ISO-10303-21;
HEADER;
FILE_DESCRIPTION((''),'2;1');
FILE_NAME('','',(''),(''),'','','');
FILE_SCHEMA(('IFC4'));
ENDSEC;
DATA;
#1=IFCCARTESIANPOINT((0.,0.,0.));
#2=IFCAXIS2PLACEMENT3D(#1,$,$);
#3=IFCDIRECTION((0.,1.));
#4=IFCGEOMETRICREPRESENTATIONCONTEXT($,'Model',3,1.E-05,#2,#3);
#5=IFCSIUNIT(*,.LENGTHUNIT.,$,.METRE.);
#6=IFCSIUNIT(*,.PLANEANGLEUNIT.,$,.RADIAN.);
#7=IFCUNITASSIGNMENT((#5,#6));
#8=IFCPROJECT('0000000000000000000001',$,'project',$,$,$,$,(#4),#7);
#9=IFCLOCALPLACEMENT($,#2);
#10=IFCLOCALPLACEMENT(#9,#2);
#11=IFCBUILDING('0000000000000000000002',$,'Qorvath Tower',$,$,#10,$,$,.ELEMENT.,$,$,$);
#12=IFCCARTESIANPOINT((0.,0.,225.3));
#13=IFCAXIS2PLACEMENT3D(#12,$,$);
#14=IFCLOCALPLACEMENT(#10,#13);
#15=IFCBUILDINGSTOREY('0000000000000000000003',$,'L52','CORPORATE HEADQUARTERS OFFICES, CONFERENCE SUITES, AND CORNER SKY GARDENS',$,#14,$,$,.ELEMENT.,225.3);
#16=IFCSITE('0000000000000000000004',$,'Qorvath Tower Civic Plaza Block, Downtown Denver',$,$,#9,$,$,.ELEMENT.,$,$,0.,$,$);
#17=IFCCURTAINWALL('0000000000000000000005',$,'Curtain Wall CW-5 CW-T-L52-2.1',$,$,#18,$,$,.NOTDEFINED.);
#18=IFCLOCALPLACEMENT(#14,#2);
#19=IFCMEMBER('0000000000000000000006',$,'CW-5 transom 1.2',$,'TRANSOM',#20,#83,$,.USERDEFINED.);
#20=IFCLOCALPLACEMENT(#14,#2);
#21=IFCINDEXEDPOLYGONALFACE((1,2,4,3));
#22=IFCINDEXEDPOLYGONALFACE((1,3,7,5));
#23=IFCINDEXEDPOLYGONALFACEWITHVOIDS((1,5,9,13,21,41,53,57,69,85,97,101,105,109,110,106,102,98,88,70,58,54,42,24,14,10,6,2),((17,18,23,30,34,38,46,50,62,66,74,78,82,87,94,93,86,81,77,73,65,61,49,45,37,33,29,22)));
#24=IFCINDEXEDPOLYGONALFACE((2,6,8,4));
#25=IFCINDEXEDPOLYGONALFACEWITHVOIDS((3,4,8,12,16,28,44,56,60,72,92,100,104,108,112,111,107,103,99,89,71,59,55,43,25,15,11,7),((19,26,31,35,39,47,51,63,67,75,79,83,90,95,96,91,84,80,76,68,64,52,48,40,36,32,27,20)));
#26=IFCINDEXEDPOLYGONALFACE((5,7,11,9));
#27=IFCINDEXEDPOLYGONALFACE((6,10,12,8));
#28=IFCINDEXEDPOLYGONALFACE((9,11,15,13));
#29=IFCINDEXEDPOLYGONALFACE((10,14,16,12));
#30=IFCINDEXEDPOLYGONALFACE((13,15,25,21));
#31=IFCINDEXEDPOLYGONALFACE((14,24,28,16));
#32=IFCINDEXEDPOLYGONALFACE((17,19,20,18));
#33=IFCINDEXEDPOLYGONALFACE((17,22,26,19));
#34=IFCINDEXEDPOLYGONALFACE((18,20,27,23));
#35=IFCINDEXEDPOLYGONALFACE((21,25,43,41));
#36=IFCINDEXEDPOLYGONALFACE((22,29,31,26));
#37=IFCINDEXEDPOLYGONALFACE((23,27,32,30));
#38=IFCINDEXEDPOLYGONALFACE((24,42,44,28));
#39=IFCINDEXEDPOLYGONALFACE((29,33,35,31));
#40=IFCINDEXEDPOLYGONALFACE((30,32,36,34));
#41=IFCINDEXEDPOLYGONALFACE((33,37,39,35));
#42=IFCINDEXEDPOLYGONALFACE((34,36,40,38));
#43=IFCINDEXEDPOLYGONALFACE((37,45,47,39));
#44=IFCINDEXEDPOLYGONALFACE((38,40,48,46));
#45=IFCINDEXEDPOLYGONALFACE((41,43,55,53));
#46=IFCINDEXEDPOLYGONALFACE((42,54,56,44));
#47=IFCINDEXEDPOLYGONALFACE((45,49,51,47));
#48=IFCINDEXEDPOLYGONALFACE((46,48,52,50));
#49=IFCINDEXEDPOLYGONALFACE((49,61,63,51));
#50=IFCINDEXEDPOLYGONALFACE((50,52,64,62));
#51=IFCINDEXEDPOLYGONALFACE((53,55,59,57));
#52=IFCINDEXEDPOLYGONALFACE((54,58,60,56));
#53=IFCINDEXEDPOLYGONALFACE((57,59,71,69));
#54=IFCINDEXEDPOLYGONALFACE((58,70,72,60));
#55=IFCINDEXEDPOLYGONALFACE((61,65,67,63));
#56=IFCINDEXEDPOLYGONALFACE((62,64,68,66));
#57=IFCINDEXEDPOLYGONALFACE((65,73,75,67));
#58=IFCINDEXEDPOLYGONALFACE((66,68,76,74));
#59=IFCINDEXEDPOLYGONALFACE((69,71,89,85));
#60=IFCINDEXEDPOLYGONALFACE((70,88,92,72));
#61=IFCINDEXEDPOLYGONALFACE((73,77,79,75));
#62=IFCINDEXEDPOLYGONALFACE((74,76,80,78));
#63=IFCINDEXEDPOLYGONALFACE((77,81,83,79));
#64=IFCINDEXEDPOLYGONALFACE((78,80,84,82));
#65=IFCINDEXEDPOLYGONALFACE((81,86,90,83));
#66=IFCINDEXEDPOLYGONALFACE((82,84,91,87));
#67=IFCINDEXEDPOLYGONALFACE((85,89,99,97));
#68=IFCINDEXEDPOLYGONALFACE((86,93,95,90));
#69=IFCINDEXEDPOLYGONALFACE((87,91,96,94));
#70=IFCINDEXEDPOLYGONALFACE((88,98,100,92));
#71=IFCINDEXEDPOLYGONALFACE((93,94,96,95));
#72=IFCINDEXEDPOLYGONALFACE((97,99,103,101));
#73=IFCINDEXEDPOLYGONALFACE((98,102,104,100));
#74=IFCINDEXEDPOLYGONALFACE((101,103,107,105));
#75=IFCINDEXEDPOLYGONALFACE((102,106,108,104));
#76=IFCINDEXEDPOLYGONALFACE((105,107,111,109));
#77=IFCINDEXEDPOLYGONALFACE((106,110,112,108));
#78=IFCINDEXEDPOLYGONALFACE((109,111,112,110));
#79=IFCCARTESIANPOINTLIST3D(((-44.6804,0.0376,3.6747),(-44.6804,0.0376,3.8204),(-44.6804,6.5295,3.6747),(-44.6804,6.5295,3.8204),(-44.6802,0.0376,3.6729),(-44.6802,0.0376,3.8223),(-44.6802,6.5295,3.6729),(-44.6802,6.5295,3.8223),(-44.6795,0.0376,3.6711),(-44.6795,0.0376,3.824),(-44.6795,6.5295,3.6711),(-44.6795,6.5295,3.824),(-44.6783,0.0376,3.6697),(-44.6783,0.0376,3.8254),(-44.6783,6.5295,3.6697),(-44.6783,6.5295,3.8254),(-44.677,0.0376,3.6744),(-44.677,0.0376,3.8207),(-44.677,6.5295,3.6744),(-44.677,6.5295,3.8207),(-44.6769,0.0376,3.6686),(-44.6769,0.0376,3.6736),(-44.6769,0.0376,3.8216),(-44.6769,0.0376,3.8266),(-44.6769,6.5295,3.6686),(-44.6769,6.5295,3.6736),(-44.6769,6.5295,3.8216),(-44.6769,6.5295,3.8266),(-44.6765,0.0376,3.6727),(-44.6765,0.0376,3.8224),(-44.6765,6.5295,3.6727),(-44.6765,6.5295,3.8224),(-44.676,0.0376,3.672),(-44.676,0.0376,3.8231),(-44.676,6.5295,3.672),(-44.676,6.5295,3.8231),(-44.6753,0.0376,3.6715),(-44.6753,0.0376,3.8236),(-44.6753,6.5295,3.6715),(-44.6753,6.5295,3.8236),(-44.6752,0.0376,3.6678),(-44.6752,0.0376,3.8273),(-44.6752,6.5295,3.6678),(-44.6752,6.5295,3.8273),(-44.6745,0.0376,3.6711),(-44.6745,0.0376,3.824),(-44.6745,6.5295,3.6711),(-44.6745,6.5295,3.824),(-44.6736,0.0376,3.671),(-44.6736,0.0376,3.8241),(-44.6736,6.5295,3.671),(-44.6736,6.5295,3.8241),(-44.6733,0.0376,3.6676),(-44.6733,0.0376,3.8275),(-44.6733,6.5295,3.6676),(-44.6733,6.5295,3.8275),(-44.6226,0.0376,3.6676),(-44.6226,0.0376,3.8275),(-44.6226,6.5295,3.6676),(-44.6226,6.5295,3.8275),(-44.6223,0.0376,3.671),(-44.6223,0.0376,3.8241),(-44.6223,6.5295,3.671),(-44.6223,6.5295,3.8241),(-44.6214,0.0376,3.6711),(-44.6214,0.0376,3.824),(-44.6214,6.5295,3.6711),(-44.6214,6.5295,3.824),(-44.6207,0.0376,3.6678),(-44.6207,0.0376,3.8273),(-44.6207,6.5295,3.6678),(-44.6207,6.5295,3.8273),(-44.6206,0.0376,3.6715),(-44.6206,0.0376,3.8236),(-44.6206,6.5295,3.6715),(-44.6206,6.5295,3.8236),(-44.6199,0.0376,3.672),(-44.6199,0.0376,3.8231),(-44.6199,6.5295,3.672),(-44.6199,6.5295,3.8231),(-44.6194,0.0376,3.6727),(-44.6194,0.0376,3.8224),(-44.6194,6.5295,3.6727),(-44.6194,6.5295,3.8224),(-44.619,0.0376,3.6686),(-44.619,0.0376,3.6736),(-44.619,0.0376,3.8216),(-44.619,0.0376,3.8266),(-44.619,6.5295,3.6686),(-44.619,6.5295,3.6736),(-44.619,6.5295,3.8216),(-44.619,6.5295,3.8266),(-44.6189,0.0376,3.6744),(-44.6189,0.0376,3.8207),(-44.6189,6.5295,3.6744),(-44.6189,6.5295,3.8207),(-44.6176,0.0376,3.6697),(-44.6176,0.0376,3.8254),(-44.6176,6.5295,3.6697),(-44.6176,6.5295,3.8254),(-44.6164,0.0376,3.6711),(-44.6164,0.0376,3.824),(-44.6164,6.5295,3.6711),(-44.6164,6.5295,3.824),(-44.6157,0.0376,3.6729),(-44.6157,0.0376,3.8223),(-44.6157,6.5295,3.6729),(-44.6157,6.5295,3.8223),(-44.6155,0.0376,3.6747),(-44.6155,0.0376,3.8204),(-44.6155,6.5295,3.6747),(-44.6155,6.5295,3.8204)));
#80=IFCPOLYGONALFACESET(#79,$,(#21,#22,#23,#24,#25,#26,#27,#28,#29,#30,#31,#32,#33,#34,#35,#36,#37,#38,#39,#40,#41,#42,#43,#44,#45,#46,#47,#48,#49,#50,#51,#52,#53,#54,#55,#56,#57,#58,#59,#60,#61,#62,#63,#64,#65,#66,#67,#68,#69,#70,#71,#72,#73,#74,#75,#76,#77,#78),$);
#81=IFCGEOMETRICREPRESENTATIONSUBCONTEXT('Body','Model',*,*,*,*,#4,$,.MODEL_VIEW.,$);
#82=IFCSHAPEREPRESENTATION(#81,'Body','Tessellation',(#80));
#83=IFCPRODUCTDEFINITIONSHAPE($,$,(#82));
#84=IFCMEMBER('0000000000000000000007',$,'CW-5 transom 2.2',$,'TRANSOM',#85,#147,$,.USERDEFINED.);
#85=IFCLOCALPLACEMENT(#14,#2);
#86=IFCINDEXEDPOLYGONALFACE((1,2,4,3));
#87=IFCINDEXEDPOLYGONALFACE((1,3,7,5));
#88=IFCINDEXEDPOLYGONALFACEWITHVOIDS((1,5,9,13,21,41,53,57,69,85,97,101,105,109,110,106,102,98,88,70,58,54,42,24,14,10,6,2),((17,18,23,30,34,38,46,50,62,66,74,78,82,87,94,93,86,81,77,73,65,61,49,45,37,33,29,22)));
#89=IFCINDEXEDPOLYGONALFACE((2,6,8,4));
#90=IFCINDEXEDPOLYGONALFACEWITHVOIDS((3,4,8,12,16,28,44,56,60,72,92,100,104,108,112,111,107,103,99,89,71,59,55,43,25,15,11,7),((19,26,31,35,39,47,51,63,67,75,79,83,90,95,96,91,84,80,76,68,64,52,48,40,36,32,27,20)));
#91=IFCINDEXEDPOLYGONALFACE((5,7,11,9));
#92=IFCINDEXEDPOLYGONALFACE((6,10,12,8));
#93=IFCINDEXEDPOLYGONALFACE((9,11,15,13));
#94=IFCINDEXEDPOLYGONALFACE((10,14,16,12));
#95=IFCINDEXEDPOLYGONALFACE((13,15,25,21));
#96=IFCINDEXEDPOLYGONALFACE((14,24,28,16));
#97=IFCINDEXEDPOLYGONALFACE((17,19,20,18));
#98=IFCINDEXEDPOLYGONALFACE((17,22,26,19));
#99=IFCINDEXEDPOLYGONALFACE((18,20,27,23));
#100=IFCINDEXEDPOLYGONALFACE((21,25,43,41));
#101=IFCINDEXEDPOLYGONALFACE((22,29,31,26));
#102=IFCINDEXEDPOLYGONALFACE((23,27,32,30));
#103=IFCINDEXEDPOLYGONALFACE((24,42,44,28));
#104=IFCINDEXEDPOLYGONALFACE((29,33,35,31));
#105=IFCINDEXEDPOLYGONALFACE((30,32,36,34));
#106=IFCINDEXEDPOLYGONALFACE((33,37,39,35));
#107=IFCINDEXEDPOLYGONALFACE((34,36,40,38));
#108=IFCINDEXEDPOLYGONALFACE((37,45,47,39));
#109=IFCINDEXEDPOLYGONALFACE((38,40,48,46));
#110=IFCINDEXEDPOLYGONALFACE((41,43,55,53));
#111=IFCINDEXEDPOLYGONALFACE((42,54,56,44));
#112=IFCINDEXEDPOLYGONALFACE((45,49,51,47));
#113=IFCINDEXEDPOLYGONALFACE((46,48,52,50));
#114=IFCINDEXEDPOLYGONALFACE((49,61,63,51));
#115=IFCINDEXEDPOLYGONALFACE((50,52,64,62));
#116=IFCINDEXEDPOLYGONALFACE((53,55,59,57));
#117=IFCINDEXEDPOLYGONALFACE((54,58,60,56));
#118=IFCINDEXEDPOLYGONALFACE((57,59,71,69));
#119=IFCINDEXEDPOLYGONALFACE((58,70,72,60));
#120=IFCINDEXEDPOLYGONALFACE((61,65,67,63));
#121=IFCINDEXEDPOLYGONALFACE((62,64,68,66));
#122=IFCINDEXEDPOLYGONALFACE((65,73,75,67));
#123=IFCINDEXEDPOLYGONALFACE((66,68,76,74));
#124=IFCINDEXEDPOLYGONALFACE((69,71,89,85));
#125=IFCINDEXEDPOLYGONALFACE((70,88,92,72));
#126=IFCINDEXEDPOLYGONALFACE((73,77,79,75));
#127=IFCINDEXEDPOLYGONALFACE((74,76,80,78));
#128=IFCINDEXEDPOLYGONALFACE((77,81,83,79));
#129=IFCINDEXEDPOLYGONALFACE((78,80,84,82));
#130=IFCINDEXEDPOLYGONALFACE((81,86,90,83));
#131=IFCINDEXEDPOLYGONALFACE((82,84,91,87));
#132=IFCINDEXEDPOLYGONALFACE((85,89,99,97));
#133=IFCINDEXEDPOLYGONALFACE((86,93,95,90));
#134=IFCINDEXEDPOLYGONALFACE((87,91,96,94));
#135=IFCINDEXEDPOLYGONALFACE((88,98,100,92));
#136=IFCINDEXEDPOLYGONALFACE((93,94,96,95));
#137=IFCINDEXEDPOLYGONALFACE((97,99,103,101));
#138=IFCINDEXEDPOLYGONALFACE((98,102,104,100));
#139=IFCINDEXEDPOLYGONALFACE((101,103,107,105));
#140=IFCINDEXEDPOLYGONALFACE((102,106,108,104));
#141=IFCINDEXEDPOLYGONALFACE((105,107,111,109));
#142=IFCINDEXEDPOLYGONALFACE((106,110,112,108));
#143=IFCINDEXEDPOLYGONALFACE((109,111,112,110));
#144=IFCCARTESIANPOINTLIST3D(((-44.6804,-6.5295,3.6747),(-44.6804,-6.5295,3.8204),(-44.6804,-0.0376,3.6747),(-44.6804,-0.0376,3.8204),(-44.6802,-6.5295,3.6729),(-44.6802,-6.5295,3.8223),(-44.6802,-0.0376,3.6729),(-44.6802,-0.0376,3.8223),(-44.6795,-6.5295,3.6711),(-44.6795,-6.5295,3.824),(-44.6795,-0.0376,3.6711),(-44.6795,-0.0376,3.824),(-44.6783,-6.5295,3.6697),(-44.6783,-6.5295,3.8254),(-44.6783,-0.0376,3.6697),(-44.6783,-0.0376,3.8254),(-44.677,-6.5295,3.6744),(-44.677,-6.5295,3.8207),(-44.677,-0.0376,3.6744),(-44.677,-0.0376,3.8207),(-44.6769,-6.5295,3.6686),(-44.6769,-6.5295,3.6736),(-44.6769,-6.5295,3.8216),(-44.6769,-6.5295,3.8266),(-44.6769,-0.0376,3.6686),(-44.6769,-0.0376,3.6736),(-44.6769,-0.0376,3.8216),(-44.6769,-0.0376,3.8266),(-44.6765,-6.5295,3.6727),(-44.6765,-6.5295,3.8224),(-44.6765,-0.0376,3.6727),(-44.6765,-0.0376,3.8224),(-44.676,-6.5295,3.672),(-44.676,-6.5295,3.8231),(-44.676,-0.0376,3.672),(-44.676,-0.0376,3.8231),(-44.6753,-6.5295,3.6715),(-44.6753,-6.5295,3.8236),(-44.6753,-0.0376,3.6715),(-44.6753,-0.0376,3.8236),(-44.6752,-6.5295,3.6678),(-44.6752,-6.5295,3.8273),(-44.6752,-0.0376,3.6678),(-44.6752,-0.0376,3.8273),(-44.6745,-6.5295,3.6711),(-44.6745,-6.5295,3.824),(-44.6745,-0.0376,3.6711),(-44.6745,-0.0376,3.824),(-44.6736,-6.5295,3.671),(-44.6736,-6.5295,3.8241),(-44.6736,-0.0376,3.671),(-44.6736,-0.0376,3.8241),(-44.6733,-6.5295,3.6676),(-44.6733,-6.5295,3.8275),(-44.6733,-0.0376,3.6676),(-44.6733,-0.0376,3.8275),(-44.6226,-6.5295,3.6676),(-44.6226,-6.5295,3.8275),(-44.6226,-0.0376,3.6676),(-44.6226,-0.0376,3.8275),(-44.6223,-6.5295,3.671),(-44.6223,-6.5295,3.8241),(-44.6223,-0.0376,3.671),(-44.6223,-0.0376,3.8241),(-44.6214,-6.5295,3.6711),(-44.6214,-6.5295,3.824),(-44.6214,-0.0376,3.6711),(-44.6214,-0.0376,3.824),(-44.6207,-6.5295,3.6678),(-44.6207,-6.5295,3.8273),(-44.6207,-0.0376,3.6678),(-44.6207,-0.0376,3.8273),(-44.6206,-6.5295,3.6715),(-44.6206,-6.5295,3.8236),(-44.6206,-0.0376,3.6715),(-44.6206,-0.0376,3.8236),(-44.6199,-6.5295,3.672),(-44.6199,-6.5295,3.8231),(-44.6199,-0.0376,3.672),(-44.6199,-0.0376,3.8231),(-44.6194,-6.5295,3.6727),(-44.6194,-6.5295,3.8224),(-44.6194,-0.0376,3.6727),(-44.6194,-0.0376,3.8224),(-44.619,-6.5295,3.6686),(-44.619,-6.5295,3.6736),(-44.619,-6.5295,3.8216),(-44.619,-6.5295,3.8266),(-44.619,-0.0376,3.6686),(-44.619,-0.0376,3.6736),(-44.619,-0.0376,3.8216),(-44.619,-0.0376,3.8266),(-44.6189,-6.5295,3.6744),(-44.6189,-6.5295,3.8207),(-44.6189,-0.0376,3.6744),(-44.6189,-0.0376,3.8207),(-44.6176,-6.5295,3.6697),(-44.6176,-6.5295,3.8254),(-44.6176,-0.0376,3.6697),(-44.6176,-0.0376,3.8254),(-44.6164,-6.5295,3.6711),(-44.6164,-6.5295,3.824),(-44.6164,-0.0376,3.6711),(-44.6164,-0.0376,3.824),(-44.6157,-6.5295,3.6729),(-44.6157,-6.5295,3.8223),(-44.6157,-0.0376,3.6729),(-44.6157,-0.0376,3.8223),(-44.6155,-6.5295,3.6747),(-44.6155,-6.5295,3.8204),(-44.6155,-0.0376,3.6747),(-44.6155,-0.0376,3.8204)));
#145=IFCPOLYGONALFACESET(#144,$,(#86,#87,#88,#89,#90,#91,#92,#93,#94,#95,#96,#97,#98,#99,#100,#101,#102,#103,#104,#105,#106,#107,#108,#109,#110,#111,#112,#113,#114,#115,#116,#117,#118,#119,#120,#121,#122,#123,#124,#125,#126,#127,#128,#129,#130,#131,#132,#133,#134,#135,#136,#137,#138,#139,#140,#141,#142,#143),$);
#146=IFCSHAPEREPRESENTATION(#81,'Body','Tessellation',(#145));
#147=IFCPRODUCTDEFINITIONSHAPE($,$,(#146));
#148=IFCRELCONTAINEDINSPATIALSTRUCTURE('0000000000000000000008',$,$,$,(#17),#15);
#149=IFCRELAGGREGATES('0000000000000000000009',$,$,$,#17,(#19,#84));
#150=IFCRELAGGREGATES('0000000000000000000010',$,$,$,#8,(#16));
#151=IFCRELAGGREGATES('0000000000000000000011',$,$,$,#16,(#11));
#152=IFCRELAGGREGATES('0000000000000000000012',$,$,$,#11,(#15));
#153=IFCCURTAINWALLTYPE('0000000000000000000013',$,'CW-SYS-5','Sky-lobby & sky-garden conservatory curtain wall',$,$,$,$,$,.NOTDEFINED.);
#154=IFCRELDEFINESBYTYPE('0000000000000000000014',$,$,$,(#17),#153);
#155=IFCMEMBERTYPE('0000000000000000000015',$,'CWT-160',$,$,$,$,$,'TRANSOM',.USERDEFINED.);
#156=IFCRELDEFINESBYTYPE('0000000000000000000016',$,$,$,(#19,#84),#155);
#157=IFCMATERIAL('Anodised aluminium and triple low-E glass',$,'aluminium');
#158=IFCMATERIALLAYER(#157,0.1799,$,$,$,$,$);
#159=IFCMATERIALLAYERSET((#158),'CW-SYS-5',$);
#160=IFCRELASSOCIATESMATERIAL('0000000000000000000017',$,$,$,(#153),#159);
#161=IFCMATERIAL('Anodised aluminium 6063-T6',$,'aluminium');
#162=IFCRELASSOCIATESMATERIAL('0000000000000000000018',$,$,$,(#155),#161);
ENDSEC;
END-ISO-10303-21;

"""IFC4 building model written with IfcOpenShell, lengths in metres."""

from ifc_helpers import new_model, si_unit, direction, frame, origin, origin_2d, place, context, subcontext, project, spatial, hollow_rectangle, extrude, material, layer, layer_set, material_profile, profile_set, type_object, element, aggregate, save


model = new_model("IFC4")

# Units and contexts
model_context = context("Model", 3, precision=1e-05, world=origin(), true_north=direction((0.0, 1.0)))
body_context = subcontext(model_context, "Body", "Model", "MODEL_VIEW")
ifc_project = project(units=[si_unit("LENGTHUNIT", "METRE"), si_unit("PLANEANGLEUNIT", "RADIAN")], contexts=[model_context])

# Site, building, storey
site_placement = place(None, origin())
site = spatial("IfcSite", under=ifc_project, at=site_placement, Name="Qorvath Tower Civic Plaza Block, Downtown Denver", CompositionType="ELEMENT", RefElevation=0.0)
building_placement = place(site_placement, origin())
building = spatial("IfcBuilding", under=site, at=building_placement, Name="Qorvath Tower", CompositionType="ELEMENT")
storey_placement = place(building_placement, frame((0.0, 0.0, 225.3)))
storey = spatial("IfcBuildingStorey", under=building, at=storey_placement, Name="L52", Description="CORPORATE HEADQUARTERS OFFICES, CONFERENCE SUITES, AND CORNER SKY GARDENS", CompositionType="ELEMENT", Elevation=225.3)

# Curtain wall
ifc_material_1 = material(Name="Anodised aluminium and triple low-E glass", Category="aluminium")
ifc_layer_1 = layer(ifc_material_1, 0.1799)
ifc_layer_set_1 = layer_set([ifc_layer_1], Name="CW-SYS-5")
curtain_wall_type = type_object("IfcCurtainWallType", Name="CW-SYS-5", Description="Sky-lobby & sky-garden conservatory curtain wall", PredefinedType="NOTDEFINED", material=ifc_layer_set_1)
curtain_wall_1_placement = place(storey_placement, origin())
curtain_wall_1 = element("IfcCurtainWall", 1, at=curtain_wall_1_placement, inside=storey, type_object=curtain_wall_type, Name="Curtain Wall CW-5 CW-T-L52-2.1", PredefinedType="NOTDEFINED")

# Members
ifc_material_2 = material(Name="Anodised aluminium 6063-T6", Category="aluminium")
ifc_material_profile_1 = material_profile(ifc_material_2, hollow_rectangle(XDim=0.0649, YDim=0.1599, WallThickness=0.0034, InnerFilletRadius=0.0034, OuterFilletRadius=0.0071, at=origin_2d()), Name="CWT 160x65")
ifc_profile_set_1 = profile_set([ifc_material_profile_1], Name="Anodised aluminium 6063-T6")
member_type_1 = type_object("IfcMemberType", Name="CWT-160", ElementType="TRANSOM", PredefinedType="USERDEFINED", material=ifc_profile_set_1)
member_1_placement = place(storey_placement, frame((-44.6479, 6.5295, 3.7476), z_axis=(0.0, -1.0, 0.0), x_axis=(1.0, 0.0, 0.0)))
member_1 = element("IfcMember", 2, at=member_1_placement, type_object=member_type_1, Name="CW-5 transom 1.2", ObjectType="TRANSOM", PredefinedType="USERDEFINED", context=body_context, shape_type="SweptSolid", body=[
    extrude(hollow_rectangle(XDim=0.0649, YDim=0.1599, WallThickness=0.0034, InnerFilletRadius=0.0034, OuterFilletRadius=0.0071, at=origin_2d()), origin(), (0.0, 0.0, 1.0), 6.4919),
])
member_2_placement = place(storey_placement, frame((-44.6479, -0.0376, 3.7476), z_axis=(0.0, -1.0, 0.0), x_axis=(1.0, 0.0, 0.0)))
member_2 = element("IfcMember", 3, at=member_2_placement, type_object=member_type_1, Name="CW-5 transom 2.2", ObjectType="TRANSOM", PredefinedType="USERDEFINED", context=body_context, shape_type="SweptSolid", body=[
    extrude(hollow_rectangle(XDim=0.0649, YDim=0.1599, WallThickness=0.0034, InnerFilletRadius=0.0034, OuterFilletRadius=0.0071, at=origin_2d()), origin(), (0.0, 0.0, 1.0), 6.4919),
])

aggregate(curtain_wall_1, [member_1, member_2])

save(model, "model.ifc")
